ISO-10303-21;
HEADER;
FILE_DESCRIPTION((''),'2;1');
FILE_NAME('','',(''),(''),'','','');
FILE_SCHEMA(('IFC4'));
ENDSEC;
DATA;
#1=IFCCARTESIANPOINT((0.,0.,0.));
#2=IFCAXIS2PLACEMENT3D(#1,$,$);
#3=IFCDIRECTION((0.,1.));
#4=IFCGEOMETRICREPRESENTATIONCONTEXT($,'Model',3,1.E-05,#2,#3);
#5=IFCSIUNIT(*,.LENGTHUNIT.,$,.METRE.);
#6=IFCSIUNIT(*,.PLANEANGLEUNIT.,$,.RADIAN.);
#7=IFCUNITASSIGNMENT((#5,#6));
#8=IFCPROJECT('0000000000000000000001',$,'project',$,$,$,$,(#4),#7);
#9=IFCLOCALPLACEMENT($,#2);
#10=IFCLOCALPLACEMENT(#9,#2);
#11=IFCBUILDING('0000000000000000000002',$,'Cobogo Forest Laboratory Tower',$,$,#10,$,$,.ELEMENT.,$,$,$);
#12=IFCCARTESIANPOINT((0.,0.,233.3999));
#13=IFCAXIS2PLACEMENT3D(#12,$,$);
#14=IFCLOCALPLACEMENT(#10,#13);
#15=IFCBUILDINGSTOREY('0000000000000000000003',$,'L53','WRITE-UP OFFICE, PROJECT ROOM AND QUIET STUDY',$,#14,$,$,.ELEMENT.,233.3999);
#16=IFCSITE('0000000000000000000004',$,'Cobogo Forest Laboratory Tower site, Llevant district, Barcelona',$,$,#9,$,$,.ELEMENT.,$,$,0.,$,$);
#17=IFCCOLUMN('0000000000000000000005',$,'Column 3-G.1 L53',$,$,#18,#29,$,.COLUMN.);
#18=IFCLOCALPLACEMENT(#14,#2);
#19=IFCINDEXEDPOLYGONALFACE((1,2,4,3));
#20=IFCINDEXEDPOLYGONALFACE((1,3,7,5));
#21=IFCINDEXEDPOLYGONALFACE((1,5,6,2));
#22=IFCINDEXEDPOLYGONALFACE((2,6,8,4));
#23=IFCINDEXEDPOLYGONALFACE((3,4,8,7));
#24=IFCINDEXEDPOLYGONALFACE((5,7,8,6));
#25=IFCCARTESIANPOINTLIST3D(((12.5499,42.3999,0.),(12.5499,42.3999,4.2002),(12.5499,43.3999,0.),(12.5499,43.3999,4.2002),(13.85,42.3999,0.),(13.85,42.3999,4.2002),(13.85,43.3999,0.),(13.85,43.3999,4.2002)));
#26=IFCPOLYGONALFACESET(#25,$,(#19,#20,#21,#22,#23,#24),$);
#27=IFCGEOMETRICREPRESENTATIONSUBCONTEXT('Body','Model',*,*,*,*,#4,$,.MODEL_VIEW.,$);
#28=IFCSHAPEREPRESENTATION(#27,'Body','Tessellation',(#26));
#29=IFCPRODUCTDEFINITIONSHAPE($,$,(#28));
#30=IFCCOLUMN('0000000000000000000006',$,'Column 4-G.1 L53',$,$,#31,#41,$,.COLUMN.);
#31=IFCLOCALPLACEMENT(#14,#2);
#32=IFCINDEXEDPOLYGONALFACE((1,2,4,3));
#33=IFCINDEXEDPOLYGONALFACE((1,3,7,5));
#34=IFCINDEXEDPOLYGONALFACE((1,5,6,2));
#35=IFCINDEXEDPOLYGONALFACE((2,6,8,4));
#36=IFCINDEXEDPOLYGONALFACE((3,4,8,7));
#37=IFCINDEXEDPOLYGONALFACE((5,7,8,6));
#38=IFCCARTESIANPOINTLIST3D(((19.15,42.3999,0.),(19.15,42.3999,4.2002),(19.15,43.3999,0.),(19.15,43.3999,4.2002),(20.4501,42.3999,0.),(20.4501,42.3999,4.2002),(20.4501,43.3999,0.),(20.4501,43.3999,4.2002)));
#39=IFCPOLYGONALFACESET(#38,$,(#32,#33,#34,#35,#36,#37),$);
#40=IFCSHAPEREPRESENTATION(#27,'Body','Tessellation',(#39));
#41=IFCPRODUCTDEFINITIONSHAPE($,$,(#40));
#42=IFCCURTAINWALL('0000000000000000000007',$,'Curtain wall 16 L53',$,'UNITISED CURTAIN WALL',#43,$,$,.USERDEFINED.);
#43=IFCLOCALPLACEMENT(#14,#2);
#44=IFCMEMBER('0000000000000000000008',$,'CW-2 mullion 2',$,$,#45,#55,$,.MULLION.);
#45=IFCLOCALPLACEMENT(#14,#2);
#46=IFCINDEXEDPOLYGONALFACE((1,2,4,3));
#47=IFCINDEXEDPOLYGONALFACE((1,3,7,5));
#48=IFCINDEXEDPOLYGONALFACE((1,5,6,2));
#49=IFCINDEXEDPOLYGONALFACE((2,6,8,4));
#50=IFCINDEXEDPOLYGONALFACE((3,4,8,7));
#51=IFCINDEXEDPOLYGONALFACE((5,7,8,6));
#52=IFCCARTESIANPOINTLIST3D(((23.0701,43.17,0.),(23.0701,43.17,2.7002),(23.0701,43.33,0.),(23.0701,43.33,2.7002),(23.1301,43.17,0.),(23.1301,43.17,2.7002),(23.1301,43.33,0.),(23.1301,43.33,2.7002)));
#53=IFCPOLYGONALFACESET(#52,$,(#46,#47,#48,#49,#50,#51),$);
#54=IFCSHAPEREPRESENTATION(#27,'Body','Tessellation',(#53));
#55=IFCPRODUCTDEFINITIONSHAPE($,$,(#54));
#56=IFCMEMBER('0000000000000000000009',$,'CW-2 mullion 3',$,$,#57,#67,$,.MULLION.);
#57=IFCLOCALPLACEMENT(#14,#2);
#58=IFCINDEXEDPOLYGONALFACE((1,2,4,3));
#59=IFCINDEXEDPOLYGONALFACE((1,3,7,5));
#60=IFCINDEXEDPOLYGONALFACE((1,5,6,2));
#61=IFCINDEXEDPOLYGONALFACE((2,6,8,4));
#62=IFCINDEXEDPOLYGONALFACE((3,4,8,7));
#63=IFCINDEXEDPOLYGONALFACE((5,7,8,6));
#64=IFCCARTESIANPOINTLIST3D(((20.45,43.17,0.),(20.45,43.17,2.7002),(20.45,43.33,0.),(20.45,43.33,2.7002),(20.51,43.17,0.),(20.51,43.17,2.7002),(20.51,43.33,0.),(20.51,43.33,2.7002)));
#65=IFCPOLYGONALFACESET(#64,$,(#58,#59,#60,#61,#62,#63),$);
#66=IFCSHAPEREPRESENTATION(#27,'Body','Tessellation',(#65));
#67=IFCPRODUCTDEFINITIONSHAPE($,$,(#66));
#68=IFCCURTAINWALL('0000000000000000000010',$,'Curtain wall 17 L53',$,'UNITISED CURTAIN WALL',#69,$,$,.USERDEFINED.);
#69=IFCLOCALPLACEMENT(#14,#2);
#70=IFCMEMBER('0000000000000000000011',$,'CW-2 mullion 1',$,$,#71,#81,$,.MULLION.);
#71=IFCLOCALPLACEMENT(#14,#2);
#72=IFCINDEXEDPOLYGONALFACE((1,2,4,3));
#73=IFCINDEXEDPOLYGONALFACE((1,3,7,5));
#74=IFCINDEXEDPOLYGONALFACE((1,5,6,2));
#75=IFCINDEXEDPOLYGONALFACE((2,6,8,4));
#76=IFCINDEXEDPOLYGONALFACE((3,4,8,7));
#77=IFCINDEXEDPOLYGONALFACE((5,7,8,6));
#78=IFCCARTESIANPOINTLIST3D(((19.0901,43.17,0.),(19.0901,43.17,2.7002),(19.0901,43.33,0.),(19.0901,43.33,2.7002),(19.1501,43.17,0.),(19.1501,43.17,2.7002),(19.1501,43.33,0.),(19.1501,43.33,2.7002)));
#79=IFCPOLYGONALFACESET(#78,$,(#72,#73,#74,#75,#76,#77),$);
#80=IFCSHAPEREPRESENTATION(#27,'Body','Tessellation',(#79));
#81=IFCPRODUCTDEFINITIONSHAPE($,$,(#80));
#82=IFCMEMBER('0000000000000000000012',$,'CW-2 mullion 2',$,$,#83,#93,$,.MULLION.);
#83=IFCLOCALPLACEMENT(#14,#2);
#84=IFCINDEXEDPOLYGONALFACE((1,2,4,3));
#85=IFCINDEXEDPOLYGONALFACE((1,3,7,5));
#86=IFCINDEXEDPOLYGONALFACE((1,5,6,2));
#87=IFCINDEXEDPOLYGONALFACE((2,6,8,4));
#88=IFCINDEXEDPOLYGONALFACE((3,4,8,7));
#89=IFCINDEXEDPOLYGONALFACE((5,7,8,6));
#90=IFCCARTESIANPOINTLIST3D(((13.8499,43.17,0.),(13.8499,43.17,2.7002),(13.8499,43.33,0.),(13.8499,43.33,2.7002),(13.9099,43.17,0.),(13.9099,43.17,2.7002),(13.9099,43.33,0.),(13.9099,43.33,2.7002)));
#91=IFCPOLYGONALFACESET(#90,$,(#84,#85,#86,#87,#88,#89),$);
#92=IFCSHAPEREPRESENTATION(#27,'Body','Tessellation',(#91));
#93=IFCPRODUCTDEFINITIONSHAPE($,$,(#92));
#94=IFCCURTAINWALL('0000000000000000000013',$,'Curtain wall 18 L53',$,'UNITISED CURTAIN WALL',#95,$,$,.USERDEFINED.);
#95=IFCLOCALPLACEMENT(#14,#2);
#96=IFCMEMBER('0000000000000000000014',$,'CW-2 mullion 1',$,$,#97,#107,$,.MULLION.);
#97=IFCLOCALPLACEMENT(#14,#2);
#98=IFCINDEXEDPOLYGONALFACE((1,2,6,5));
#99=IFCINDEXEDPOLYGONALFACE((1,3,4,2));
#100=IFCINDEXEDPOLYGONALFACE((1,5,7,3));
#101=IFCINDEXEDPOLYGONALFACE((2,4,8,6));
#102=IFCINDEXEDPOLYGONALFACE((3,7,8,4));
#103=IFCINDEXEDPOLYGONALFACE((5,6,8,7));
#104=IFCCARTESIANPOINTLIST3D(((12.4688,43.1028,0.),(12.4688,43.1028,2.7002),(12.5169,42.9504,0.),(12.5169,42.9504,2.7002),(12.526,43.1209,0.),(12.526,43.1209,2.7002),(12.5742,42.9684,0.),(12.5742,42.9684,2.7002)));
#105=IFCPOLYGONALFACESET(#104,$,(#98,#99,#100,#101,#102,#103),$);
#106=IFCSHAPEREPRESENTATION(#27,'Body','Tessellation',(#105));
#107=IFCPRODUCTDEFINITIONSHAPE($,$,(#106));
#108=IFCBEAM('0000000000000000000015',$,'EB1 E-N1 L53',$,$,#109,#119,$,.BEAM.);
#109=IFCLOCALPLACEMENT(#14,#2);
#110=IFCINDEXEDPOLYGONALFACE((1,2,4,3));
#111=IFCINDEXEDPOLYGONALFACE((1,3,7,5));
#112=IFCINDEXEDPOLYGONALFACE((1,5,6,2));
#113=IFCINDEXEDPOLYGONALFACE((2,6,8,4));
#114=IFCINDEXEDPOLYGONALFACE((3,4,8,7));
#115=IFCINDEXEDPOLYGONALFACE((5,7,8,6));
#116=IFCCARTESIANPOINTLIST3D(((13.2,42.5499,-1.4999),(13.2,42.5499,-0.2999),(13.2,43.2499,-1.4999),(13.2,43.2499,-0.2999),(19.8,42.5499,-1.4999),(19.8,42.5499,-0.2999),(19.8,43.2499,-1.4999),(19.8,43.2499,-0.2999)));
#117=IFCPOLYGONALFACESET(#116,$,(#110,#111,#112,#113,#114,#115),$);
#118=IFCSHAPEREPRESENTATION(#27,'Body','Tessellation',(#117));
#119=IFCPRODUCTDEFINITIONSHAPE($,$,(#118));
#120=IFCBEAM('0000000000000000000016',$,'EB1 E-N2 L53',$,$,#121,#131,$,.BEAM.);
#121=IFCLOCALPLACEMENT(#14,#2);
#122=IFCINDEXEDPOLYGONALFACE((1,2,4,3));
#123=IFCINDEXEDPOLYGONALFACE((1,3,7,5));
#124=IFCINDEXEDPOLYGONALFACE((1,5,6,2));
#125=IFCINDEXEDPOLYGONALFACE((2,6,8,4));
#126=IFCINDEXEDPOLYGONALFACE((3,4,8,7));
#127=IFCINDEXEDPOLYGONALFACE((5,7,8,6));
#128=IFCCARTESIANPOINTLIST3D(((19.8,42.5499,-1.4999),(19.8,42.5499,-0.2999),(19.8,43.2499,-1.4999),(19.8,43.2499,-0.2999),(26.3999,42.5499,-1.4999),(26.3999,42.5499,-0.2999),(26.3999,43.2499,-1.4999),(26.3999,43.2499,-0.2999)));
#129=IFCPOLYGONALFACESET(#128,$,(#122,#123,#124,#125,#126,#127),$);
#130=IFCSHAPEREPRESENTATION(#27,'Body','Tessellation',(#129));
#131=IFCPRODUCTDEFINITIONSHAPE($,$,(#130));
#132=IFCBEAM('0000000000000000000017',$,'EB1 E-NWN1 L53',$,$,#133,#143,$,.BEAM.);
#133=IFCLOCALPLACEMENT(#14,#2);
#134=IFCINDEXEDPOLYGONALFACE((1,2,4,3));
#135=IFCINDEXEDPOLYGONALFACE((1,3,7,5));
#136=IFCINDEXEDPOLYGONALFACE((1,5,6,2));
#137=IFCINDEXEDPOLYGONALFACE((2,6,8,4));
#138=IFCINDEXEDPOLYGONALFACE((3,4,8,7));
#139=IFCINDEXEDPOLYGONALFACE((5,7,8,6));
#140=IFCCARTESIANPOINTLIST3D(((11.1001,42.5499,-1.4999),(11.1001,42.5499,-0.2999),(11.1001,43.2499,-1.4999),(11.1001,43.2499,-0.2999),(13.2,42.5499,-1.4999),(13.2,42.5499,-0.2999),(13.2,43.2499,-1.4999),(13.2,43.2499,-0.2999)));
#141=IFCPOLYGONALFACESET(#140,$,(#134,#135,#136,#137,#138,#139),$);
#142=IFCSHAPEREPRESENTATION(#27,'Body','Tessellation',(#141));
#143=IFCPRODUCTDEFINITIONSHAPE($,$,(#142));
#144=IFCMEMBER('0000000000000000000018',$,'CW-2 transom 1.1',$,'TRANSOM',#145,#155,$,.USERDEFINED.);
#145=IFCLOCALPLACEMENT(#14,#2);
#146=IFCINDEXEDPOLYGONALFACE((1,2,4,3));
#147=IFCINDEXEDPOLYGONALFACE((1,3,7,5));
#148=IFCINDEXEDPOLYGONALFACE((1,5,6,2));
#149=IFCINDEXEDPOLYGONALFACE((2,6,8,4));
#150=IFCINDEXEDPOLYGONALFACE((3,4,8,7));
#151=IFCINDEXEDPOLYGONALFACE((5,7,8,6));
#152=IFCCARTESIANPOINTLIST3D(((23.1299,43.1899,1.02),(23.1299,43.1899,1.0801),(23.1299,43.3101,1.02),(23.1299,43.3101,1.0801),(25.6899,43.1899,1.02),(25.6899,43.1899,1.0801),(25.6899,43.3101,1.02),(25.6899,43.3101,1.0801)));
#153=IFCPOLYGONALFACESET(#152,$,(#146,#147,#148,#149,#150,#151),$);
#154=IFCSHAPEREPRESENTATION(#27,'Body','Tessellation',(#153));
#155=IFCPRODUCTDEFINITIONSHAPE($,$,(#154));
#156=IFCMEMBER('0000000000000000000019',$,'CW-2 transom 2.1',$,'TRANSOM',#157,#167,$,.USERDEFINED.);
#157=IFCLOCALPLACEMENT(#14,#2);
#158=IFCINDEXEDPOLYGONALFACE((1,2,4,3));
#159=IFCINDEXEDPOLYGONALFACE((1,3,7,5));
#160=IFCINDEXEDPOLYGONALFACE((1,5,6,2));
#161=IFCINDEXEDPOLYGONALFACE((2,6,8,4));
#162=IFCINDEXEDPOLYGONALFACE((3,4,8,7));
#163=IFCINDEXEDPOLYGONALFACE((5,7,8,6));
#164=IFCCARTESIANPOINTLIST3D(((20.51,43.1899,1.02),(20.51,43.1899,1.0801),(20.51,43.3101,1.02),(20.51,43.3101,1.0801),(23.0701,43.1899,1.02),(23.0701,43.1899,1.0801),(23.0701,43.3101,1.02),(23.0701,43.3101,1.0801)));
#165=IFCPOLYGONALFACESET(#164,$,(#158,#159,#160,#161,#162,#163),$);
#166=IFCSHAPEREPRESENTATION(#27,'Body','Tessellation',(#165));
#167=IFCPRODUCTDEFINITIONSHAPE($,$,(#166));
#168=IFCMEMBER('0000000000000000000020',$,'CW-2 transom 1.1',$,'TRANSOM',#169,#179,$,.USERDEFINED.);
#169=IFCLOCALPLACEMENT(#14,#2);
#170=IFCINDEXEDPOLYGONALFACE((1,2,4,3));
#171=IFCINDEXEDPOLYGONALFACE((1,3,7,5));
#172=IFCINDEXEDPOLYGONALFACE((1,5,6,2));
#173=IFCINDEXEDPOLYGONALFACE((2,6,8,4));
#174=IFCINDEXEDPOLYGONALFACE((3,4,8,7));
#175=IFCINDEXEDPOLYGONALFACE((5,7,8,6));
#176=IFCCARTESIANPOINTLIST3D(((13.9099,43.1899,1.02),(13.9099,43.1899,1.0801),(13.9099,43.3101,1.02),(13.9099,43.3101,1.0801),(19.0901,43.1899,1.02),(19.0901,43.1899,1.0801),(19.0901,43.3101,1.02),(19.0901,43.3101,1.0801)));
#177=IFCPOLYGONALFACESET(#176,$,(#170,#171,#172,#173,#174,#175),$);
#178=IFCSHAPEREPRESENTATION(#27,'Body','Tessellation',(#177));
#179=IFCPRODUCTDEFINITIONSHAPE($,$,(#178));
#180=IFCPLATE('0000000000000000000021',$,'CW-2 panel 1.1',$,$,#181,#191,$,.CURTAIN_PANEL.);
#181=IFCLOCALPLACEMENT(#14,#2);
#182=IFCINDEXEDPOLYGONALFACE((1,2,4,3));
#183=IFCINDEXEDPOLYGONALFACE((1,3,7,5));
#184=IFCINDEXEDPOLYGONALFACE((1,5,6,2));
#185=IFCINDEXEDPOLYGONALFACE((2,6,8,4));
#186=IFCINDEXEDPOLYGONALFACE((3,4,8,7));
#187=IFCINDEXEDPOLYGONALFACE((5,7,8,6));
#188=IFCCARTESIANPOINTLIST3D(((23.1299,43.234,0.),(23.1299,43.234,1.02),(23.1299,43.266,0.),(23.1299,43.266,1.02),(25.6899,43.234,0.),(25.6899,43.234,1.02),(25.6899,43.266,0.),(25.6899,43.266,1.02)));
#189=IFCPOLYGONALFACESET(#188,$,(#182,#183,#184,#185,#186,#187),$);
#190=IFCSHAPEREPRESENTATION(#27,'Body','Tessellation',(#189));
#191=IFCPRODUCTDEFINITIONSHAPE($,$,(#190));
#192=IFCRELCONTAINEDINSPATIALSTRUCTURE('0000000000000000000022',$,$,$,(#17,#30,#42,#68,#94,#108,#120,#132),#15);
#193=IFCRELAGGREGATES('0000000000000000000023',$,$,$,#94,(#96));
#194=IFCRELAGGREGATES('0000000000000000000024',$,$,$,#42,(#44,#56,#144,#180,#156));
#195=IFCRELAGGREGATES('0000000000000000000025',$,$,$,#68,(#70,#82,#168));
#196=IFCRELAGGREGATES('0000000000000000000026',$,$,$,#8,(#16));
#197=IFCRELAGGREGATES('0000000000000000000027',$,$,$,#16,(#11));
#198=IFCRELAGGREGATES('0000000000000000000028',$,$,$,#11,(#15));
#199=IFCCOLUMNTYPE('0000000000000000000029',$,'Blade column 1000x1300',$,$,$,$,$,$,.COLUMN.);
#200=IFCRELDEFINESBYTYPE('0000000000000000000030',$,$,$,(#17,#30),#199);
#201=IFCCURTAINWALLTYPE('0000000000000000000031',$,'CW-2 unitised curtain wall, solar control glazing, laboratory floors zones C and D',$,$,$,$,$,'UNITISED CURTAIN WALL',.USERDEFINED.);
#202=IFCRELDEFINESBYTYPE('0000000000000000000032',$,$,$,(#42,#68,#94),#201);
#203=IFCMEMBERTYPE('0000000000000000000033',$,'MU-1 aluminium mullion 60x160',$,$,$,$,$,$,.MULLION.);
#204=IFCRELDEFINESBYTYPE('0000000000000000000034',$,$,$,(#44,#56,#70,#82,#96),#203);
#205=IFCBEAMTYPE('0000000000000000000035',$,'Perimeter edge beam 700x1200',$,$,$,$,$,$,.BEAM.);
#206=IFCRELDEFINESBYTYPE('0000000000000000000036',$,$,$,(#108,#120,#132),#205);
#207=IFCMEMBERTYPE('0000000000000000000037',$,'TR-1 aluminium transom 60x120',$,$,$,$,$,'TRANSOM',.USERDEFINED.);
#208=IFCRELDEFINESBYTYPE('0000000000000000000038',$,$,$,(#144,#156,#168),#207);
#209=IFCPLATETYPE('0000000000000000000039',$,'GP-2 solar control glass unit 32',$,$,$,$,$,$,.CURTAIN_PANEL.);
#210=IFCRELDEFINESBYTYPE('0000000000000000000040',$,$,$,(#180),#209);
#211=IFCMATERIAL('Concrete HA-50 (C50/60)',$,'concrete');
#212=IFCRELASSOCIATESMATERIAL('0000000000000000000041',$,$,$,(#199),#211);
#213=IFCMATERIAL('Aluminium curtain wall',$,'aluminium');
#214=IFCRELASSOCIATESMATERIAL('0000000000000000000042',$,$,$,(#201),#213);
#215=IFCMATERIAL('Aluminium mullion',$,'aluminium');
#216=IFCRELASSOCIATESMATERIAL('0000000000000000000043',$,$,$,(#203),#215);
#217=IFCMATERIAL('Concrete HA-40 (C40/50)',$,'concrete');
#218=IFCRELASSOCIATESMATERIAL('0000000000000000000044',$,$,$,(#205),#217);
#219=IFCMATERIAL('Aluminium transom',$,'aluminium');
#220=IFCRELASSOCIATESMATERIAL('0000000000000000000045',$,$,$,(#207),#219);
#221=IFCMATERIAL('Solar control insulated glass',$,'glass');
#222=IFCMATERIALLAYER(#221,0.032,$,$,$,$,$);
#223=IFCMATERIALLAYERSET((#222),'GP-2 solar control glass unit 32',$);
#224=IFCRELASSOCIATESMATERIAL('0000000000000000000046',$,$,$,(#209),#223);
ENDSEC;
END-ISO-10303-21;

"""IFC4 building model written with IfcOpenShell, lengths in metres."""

from ifc_helpers import new_model, si_unit, direction, frame, origin, origin_2d, place, context, subcontext, project, spatial, rectangle, extrude, material, layer, layer_set, material_profile, profile_set, type_object, element, aggregate, save


model = new_model("IFC4")

# Units and contexts
model_context = context("Model", 3, precision=1e-05, world=origin(), true_north=direction((0.0, 1.0)))
body_context = subcontext(model_context, "Body", "Model", "MODEL_VIEW")
ifc_project = project(units=[si_unit("LENGTHUNIT", "METRE"), si_unit("PLANEANGLEUNIT", "RADIAN")], contexts=[model_context])

# Site, building, storey
site_placement = place(None, origin())
site = spatial("IfcSite", under=ifc_project, at=site_placement, Name="Cobogo Forest Laboratory Tower site, Llevant district, Barcelona", CompositionType="ELEMENT", RefElevation=0.0)
building_placement = place(site_placement, origin())
building = spatial("IfcBuilding", under=site, at=building_placement, Name="Cobogo Forest Laboratory Tower", CompositionType="ELEMENT")
storey_placement = place(building_placement, frame((0.0, 0.0, 233.3999)))
storey = spatial("IfcBuildingStorey", under=building, at=storey_placement, Name="L53", Description="WRITE-UP OFFICE, PROJECT ROOM AND QUIET STUDY", CompositionType="ELEMENT", Elevation=233.3999)

# Columns
ifc_material_1 = material(Name="Concrete HA-50 (C50/60)", Category="concrete")
ifc_material_profile_1 = material_profile(ifc_material_1, rectangle(XDim=1.3, YDim=1.0, at=origin_2d()), Name="RC 1000x1300")
ifc_profile_set_1 = profile_set([ifc_material_profile_1], Name="Concrete HA-50 (C50/60)")
column_type = type_object("IfcColumnType", Name="Blade column 1000x1300", PredefinedType="COLUMN", material=ifc_profile_set_1)
for number, where, z_axis, x_axis, name in (
    (1, (13.2, 42.8999, 0.0), (0.0, 0.0, 1.0), (1.0, 0.0, 0.0), "Column 3-G.1 L53"),
    (2, (19.8, 42.8999, 0.0), (0.0, 0.0, 1.0), (1.0, 0.0, 0.0), "Column 4-G.1 L53"),
):
    element("IfcColumn", number, at=place(storey_placement, frame(where, z_axis=z_axis, x_axis=x_axis)), inside=storey, type_object=column_type, Name=name, PredefinedType="COLUMN", context=body_context, shape_type="SweptSolid", body=[
        extrude(rectangle(XDim=1.3, YDim=1.0, at=origin_2d()), origin(), (0.0, 0.0, 1.0), 4.2002),
    ])

# Curtain walls, members
ifc_material_2 = material(Name="Aluminium curtain wall", Category="aluminium")
curtain_wall_type = type_object("IfcCurtainWallType", Name="CW-2 unitised curtain wall, solar control glazing, laboratory floors zones C and D", ElementType="UNITISED CURTAIN WALL", PredefinedType="USERDEFINED", material=ifc_material_2)
curtain_wall_1_placement = place(storey_placement, origin())
curtain_wall_1 = element("IfcCurtainWall", 3, at=curtain_wall_1_placement, inside=storey, type_object=curtain_wall_type, Name="Curtain wall 16 L53", ObjectType="UNITISED CURTAIN WALL", PredefinedType="USERDEFINED")
ifc_material_3 = material(Name="Aluminium mullion", Category="aluminium")
ifc_material_profile_2 = material_profile(ifc_material_3, rectangle(XDim=0.0601, YDim=0.1599, at=origin_2d()), Name="AL 60x160")
ifc_profile_set_2 = profile_set([ifc_material_profile_2], Name="Aluminium mullion")
member_type_1 = type_object("IfcMemberType", Name="MU-1 aluminium mullion 60x160", PredefinedType="MULLION", material=ifc_profile_set_2)
member_1_placement = place(storey_placement, frame((23.1001, 43.25, 0.0), z_axis=(0.0, 0.0, 1.0), x_axis=(-1.0, 0.0, 0.0)))
member_1 = element("IfcMember", 4, at=member_1_placement, type_object=member_type_1, Name="CW-2 mullion 2", PredefinedType="MULLION", context=body_context, shape_type="SweptSolid", body=[
    extrude(rectangle(XDim=0.0601, YDim=0.1599, at=origin_2d()), origin(), (0.0, 0.0, 1.0), 2.7002),
])
member_2_placement = place(storey_placement, frame((20.48, 43.25, 0.0), z_axis=(0.0, 0.0, 1.0), x_axis=(-1.0, 0.0, 0.0)))
member_2 = element("IfcMember", 5, at=member_2_placement, type_object=member_type_1, Name="CW-2 mullion 3", PredefinedType="MULLION", context=body_context, shape_type="SweptSolid", body=[
    extrude(rectangle(XDim=0.0601, YDim=0.1599, at=origin_2d()), origin(), (0.0, 0.0, 1.0), 2.7002),
])
curtain_wall_2_placement = place(storey_placement, origin())
curtain_wall_2 = element("IfcCurtainWall", 6, at=curtain_wall_2_placement, inside=storey, type_object=curtain_wall_type, Name="Curtain wall 17 L53", ObjectType="UNITISED CURTAIN WALL", PredefinedType="USERDEFINED")
member_3_placement = place(storey_placement, frame((19.1201, 43.25, 0.0), z_axis=(0.0, 0.0, 1.0), x_axis=(-1.0, 0.0, 0.0)))
member_3 = element("IfcMember", 7, at=member_3_placement, type_object=member_type_1, Name="CW-2 mullion 1", PredefinedType="MULLION", context=body_context, shape_type="SweptSolid", body=[
    extrude(rectangle(XDim=0.0601, YDim=0.1599, at=origin_2d()), origin(), (0.0, 0.0, 1.0), 2.7002),
])
member_4_placement = place(storey_placement, frame((13.8799, 43.25, 0.0), z_axis=(0.0, 0.0, 1.0), x_axis=(-1.0, 0.0, 0.0)))
member_4 = element("IfcMember", 8, at=member_4_placement, type_object=member_type_1, Name="CW-2 mullion 2", PredefinedType="MULLION", context=body_context, shape_type="SweptSolid", body=[
    extrude(rectangle(XDim=0.0601, YDim=0.1599, at=origin_2d()), origin(), (0.0, 0.0, 1.0), 2.7002),
])

# Curtain wall, member
curtain_wall_3_placement = place(storey_placement, origin())
curtain_wall_3 = element("IfcCurtainWall", 9, at=curtain_wall_3_placement, inside=storey, type_object=curtain_wall_type, Name="Curtain wall 18 L53", ObjectType="UNITISED CURTAIN WALL", PredefinedType="USERDEFINED")
member_5_placement = place(storey_placement, frame((12.5215, 43.0356, 0.0), z_axis=(0.0, 0.0, 1.0), x_axis=(-0.953581, -0.301136, 0.0)))
member_5 = element("IfcMember", 10, at=member_5_placement, type_object=member_type_1, Name="CW-2 mullion 1", PredefinedType="MULLION", context=body_context, shape_type="SweptSolid", body=[
    extrude(rectangle(XDim=0.0601, YDim=0.1599, at=origin_2d()), origin(), (0.0, 0.0, 1.0), 2.7002),
])
aggregate(curtain_wall_3, [member_5])

# Beams
ifc_material_4 = material(Name="Concrete HA-40 (C40/50)", Category="concrete")
ifc_material_profile_3 = material_profile(ifc_material_4, rectangle(XDim=0.7, YDim=1.2, at=origin_2d()), Name="RC 700x1200")
ifc_profile_set_3 = profile_set([ifc_material_profile_3], Name="Concrete HA-40 (C40/50)")
beam_type = type_object("IfcBeamType", Name="Perimeter edge beam 700x1200", PredefinedType="BEAM", material=ifc_profile_set_3)
beam_1_placement = place(storey_placement, frame((13.2, 42.8999, -0.8999), z_axis=(1.0, 0.0, 0.0), x_axis=(0.0, 1.0, 0.0)))
element("IfcBeam", 11, at=beam_1_placement, inside=storey, type_object=beam_type, Name="EB1 E-N1 L53", PredefinedType="BEAM", context=body_context, shape_type="SweptSolid", body=[
    extrude(rectangle(XDim=0.7, YDim=1.2, at=origin_2d()), origin(), (0.0, 0.0, 1.0), 6.6001),
])
beam_2_placement = place(storey_placement, frame((19.8, 42.8999, -0.8999), z_axis=(1.0, 0.0, 0.0), x_axis=(0.0, 1.0, 0.0)))
element("IfcBeam", 12, at=beam_2_placement, inside=storey, type_object=beam_type, Name="EB1 E-N2 L53", PredefinedType="BEAM", context=body_context, shape_type="SweptSolid", body=[
    extrude(rectangle(XDim=0.7, YDim=1.2, at=origin_2d()), origin(), (0.0, 0.0, 1.0), 6.5999),
])
beam_3_placement = place(storey_placement, frame((13.2, 42.8999, -0.8999), z_axis=(-1.0, 0.0, 0.0), x_axis=(0.0, -1.0, 0.0)))
element("IfcBeam", 13, at=beam_3_placement, inside=storey, type_object=beam_type, Name="EB1 E-NWN1 L53", PredefinedType="BEAM", context=body_context, shape_type="SweptSolid", body=[
    extrude(rectangle(XDim=0.7, YDim=1.2, at=origin_2d()), origin(), (0.0, 0.0, 1.0), 2.0999),
])

# Members
ifc_material_5 = material(Name="Aluminium transom", Category="aluminium")
ifc_material_profile_4 = material_profile(ifc_material_5, rectangle(XDim=0.1201, YDim=0.0601, at=origin_2d()), Name="AL 60x120")
ifc_profile_set_4 = profile_set([ifc_material_profile_4], Name="Aluminium transom")
member_type_2 = type_object("IfcMemberType", Name="TR-1 aluminium transom 60x120", ElementType="TRANSOM", PredefinedType="USERDEFINED", material=ifc_profile_set_4)
member_6_placement = place(storey_placement, frame((25.6899, 43.25, 1.05), z_axis=(-1.0, 0.0, 0.0), x_axis=(0.0, -1.0, 0.0)))
member_6 = element("IfcMember", 14, at=member_6_placement, type_object=member_type_2, Name="CW-2 transom 1.1", ObjectType="TRANSOM", PredefinedType="USERDEFINED", context=body_context, shape_type="SweptSolid", body=[
    extrude(rectangle(XDim=0.1201, YDim=0.0601, at=origin_2d()), origin(), (0.0, 0.0, 1.0), 2.5601),
])
member_7_placement = place(storey_placement, frame((23.0701, 43.25, 1.05), z_axis=(-1.0, 0.0, 0.0), x_axis=(0.0, -1.0, 0.0)))
member_7 = element("IfcMember", 15, at=member_7_placement, type_object=member_type_2, Name="CW-2 transom 2.1", ObjectType="TRANSOM", PredefinedType="USERDEFINED", context=body_context, shape_type="SweptSolid", body=[
    extrude(rectangle(XDim=0.1201, YDim=0.0601, at=origin_2d()), origin(), (0.0, 0.0, 1.0), 2.5601),
])
member_8_placement = place(storey_placement, frame((19.0901, 43.25, 1.05), z_axis=(-1.0, 0.0, 0.0), x_axis=(0.0, -1.0, 0.0)))
member_8 = element("IfcMember", 16, at=member_8_placement, type_object=member_type_2, Name="CW-2 transom 1.1", ObjectType="TRANSOM", PredefinedType="USERDEFINED", context=body_context, shape_type="SweptSolid", body=[
    extrude(rectangle(XDim=0.1201, YDim=0.0601, at=origin_2d()), origin(), (0.0, 0.0, 1.0), 5.1802),
])

# Plate
ifc_material_6 = material(Name="Solar control insulated glass", Category="glass")
ifc_layer_1 = layer(ifc_material_6, 0.032)
ifc_layer_set_1 = layer_set([ifc_layer_1], Name="GP-2 solar control glass unit 32")
plate_type_1 = type_object("IfcPlateType", Name="GP-2 solar control glass unit 32", PredefinedType="CURTAIN_PANEL", material=ifc_layer_set_1)
plate_1_placement = place(storey_placement, frame((24.4099, 43.25, 0.0), z_axis=(0.0, 0.0, 1.0), x_axis=(-1.0, 0.0, 0.0)))
plate_1 = element("IfcPlate", 17, at=plate_1_placement, type_object=plate_type_1, Name="CW-2 panel 1.1", PredefinedType="CURTAIN_PANEL", context=body_context, shape_type="SweptSolid", body=[
    extrude(rectangle(XDim=2.5601, YDim=0.032, at=origin_2d()), origin(), (0.0, 0.0, 1.0), 1.02),
])
aggregate(curtain_wall_1, [member_1, member_2, member_6, plate_1, member_7])
aggregate(curtain_wall_2, [member_3, member_4, member_8])

save(model, "model.ifc")
